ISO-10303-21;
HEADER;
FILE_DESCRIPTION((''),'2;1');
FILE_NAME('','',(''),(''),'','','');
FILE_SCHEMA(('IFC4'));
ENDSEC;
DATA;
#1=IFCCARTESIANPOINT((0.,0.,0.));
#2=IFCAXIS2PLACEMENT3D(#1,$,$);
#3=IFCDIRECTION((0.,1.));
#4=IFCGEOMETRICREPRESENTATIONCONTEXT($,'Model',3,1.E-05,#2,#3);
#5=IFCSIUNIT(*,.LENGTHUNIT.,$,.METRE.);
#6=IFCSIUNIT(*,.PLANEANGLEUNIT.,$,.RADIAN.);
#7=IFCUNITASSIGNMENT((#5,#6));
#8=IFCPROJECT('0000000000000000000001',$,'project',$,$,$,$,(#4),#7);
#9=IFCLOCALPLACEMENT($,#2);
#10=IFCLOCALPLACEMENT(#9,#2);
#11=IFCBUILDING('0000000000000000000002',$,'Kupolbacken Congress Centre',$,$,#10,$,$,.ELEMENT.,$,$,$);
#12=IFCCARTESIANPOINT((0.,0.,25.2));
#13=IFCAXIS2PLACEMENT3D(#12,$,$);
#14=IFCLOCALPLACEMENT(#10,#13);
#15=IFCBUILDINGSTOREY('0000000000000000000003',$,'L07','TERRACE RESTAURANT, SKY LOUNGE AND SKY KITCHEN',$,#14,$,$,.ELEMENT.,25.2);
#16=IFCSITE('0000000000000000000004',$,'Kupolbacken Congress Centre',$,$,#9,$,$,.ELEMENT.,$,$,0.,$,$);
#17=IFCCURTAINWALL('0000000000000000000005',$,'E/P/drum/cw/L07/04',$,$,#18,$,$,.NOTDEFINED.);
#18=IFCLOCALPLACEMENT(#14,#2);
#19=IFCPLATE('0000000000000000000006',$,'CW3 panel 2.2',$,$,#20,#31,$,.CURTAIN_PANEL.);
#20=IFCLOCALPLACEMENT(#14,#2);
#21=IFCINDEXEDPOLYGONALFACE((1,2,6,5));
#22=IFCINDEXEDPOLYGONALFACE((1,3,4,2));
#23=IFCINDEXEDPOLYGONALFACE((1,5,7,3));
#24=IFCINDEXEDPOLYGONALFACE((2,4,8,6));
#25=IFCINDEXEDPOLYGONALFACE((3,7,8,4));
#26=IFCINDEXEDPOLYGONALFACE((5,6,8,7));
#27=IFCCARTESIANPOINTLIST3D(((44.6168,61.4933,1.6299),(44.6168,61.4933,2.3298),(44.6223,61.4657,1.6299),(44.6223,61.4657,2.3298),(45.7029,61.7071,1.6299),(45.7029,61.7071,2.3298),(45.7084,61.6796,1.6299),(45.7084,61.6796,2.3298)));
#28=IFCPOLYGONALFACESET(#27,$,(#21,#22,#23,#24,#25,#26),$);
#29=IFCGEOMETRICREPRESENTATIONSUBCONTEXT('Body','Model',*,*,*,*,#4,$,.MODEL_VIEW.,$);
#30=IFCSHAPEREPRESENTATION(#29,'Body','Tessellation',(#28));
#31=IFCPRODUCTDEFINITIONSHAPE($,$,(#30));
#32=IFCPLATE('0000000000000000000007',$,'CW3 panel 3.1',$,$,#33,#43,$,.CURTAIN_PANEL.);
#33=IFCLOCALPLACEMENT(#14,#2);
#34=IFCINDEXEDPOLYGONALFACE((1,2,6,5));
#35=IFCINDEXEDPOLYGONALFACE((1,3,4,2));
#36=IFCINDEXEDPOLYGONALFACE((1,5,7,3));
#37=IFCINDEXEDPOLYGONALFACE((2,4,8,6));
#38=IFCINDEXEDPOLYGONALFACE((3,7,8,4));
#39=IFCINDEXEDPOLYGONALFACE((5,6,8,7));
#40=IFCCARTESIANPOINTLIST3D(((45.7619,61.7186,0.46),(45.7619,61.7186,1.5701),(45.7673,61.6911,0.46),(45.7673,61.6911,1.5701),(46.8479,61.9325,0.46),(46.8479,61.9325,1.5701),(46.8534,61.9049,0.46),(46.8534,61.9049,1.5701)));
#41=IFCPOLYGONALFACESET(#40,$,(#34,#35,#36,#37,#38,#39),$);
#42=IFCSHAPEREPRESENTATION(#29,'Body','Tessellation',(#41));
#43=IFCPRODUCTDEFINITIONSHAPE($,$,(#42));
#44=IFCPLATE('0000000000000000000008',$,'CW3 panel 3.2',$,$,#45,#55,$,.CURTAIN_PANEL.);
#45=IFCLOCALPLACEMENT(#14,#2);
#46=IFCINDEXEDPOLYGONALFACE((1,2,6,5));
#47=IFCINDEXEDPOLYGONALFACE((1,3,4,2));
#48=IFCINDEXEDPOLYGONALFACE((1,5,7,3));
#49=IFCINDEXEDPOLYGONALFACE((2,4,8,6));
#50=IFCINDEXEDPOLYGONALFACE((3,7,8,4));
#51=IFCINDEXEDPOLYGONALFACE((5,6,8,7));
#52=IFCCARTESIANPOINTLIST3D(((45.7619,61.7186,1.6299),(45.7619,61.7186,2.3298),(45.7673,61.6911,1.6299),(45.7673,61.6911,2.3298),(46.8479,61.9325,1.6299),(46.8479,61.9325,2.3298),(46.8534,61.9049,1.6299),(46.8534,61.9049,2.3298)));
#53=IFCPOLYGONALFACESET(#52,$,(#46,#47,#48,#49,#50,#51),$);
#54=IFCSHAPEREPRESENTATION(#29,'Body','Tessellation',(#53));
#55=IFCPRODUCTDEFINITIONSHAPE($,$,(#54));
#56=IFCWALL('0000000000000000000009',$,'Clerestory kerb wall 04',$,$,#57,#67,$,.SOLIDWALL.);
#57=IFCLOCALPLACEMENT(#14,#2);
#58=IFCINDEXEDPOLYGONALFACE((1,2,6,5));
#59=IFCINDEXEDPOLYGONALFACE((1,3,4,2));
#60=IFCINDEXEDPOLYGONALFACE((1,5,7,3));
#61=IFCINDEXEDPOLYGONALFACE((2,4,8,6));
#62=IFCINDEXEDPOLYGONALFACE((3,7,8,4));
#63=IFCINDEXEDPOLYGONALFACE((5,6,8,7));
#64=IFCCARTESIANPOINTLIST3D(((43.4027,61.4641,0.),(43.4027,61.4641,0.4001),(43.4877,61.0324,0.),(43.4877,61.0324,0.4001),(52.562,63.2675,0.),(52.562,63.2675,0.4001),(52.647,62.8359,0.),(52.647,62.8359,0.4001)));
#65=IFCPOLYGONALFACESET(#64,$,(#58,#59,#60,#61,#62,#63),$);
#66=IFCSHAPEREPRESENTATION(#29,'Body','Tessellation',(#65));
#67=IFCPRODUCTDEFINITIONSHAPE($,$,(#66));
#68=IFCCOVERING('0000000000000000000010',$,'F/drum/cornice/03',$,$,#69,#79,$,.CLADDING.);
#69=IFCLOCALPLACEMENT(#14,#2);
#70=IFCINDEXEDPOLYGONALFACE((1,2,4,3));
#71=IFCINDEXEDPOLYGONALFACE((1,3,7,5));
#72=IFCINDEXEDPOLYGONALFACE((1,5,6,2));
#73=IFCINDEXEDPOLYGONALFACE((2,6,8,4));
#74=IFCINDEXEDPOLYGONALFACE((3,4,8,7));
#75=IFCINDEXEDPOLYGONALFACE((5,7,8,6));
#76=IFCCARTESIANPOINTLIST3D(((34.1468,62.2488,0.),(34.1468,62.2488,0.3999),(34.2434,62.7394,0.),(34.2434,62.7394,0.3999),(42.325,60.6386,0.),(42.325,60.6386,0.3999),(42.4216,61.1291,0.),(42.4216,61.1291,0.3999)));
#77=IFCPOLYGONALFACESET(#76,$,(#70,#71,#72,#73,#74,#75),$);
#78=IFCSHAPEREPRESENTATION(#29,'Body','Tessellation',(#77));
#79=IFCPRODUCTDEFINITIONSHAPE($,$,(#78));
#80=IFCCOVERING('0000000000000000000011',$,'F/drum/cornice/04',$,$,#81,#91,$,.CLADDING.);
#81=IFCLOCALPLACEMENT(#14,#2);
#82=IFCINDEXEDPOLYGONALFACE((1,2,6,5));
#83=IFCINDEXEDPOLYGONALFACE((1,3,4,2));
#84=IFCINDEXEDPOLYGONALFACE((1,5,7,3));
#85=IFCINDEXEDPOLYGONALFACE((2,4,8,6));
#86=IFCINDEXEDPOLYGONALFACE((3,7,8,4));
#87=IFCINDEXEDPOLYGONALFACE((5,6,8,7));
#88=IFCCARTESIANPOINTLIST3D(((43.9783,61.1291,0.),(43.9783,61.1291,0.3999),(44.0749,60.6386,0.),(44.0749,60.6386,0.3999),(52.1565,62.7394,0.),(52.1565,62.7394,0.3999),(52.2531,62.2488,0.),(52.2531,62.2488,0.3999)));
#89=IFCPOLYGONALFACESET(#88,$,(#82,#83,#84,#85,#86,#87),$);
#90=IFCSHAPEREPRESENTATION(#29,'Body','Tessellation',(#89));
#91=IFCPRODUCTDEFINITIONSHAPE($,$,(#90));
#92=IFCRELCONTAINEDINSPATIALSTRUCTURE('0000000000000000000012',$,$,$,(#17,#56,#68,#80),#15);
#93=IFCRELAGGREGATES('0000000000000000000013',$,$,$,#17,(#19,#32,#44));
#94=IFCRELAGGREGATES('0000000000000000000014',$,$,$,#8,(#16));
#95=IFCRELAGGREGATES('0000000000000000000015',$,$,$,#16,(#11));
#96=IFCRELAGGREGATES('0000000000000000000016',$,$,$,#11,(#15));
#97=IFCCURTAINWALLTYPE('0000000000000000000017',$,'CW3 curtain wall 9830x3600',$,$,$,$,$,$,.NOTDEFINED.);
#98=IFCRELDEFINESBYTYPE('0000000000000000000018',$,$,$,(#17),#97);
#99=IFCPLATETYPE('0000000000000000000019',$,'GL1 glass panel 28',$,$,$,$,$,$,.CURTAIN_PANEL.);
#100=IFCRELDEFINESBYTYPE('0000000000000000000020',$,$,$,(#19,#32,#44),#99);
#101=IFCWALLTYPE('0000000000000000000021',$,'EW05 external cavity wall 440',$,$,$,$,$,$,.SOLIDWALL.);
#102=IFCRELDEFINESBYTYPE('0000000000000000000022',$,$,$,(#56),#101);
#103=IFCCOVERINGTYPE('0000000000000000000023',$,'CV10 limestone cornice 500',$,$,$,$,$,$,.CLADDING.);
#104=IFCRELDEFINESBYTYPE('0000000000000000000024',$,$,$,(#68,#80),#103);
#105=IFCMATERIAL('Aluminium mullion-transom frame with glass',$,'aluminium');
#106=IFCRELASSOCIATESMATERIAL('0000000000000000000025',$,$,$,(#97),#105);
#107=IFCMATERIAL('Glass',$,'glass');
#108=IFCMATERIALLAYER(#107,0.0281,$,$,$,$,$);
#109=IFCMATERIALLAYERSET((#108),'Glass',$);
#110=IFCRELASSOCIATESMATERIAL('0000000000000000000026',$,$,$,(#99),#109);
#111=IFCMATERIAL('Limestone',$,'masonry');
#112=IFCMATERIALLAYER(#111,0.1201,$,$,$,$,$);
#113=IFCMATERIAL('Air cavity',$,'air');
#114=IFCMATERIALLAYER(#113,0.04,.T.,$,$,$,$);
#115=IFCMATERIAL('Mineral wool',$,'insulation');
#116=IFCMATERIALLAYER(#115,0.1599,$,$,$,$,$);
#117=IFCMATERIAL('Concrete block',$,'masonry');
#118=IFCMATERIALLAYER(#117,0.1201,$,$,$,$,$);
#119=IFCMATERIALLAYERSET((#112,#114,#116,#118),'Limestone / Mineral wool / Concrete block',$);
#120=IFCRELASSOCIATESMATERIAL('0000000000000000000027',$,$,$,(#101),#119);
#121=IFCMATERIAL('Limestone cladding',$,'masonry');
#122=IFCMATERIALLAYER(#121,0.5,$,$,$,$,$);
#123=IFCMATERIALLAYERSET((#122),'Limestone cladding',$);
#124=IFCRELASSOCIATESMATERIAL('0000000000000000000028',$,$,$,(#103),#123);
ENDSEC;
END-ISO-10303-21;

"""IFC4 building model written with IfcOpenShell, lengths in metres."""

from ifc_helpers import new_model, si_unit, direction, frame, frame_2d, origin, origin_2d, place, context, subcontext, project, spatial, rectangle, extrude, material, layer, layer_set, type_object, element, aggregate, save


model = new_model("IFC4")

# Units and contexts
model_context = context("Model", 3, precision=1e-05, world=origin(), true_north=direction((0.0, 1.0)))
body_context = subcontext(model_context, "Body", "Model", "MODEL_VIEW")
ifc_project = project(units=[si_unit("LENGTHUNIT", "METRE"), si_unit("PLANEANGLEUNIT", "RADIAN")], contexts=[model_context])

# Site, building, storey
site_placement = place(None, origin())
site = spatial("IfcSite", under=ifc_project, at=site_placement, Name="Kupolbacken Congress Centre", CompositionType="ELEMENT", RefElevation=0.0)
building_placement = place(site_placement, origin())
building = spatial("IfcBuilding", under=site, at=building_placement, Name="Kupolbacken Congress Centre", CompositionType="ELEMENT")
storey_placement = place(building_placement, frame((0.0, 0.0, 25.2)))
storey = spatial("IfcBuildingStorey", under=building, at=storey_placement, Name="L07", Description="TERRACE RESTAURANT, SKY LOUNGE AND SKY KITCHEN", CompositionType="ELEMENT", Elevation=25.2)

# Curtain wall
ifc_material_1 = material(Name="Aluminium mullion-transom frame with glass", Category="aluminium")
curtain_wall_type = type_object("IfcCurtainWallType", Name="CW3 curtain wall 9830x3600", PredefinedType="NOTDEFINED", material=ifc_material_1)
curtain_wall_1_placement = place(storey_placement, origin())
curtain_wall_1 = element("IfcCurtainWall", 1, at=curtain_wall_1_placement, inside=storey, type_object=curtain_wall_type, Name="E/P/drum/cw/L07/04", PredefinedType="NOTDEFINED")

# Plates
ifc_material_2 = material(Name="Glass", Category="glass")
ifc_layer_1 = layer(ifc_material_2, 0.0281)
ifc_layer_set_1 = layer_set([ifc_layer_1], Name="Glass")
plate_type = type_object("IfcPlateType", Name="GL1 glass panel 28", PredefinedType="CURTAIN_PANEL", material=ifc_layer_set_1)
plate_1_placement = place(storey_placement, frame((45.1626, 61.5864, 1.6299), z_axis=(0.0, 0.0, 1.0), x_axis=(0.981163, 0.193182, 0.0)))
plate_1 = element("IfcPlate", 2, at=plate_1_placement, type_object=plate_type, Name="CW3 panel 2.2", PredefinedType="CURTAIN_PANEL", context=body_context, shape_type="SweptSolid", body=[
    extrude(rectangle(XDim=1.1069, YDim=0.0281, at=origin_2d()), origin(), (0.0, 0.0, 1.0), 0.7),
])
plate_2_placement = place(storey_placement, frame((46.3076, 61.8118, 0.46), z_axis=(0.0, 0.0, 1.0), x_axis=(0.981163, 0.193182, 0.0)))
plate_2 = element("IfcPlate", 3, at=plate_2_placement, type_object=plate_type, Name="CW3 panel 3.1", PredefinedType="CURTAIN_PANEL", context=body_context, shape_type="SweptSolid", body=[
    extrude(rectangle(XDim=1.1069, YDim=0.0281, at=origin_2d()), origin(), (0.0, 0.0, 1.0), 1.1101),
])
plate_3_placement = place(storey_placement, frame((46.3076, 61.8118, 1.6299), z_axis=(0.0, 0.0, 1.0), x_axis=(0.981163, 0.193182, 0.0)))
plate_3 = element("IfcPlate", 4, at=plate_3_placement, type_object=plate_type, Name="CW3 panel 3.2", PredefinedType="CURTAIN_PANEL", context=body_context, shape_type="SweptSolid", body=[
    extrude(rectangle(XDim=1.1069, YDim=0.0281, at=origin_2d()), origin(), (0.0, 0.0, 1.0), 0.7),
])
aggregate(curtain_wall_1, [plate_1, plate_2, plate_3])

# Wall
ifc_material_3 = material(Name="Limestone", Category="masonry")
ifc_layer_2 = layer(ifc_material_3, 0.1201)
ifc_material_4 = material(Name="Air cavity", Category="air")
ifc_layer_3 = layer(ifc_material_4, 0.04, ventilated=True)
ifc_material_5 = material(Name="Mineral wool", Category="insulation")
ifc_layer_4 = layer(ifc_material_5, 0.1599)
ifc_material_6 = material(Name="Concrete block", Category="masonry")
ifc_layer_5 = layer(ifc_material_6, 0.1201)
ifc_layer_set_2 = layer_set([ifc_layer_2, ifc_layer_3, ifc_layer_4, ifc_layer_5], Name="Limestone / Mineral wool / Concrete block")
wall_type = type_object("IfcWallType", Name="EW05 external cavity wall 440", PredefinedType="SOLIDWALL", material=ifc_layer_set_2)
wall_placement = place(storey_placement, frame((43.4453, 61.2483, 0.0), z_axis=(0.0, 0.0, 1.0), x_axis=(0.981162, 0.193188, 0.0)))
element("IfcWall", 5, at=wall_placement, inside=storey, type_object=wall_type, Name="Clerestory kerb wall 04", PredefinedType="SOLIDWALL", context=body_context, shape_type="SweptSolid", body=[
    extrude(rectangle(XDim=9.3352, YDim=0.4399, at=frame_2d((4.6675, 0.0))), origin(), (0.0, 0.0, 1.0), 0.4001),
])

# Coverings
ifc_material_7 = material(Name="Limestone cladding", Category="masonry")
ifc_layer_6 = layer(ifc_material_7, 0.5)
ifc_layer_set_3 = layer_set([ifc_layer_6], Name="Limestone cladding")
covering_type = type_object("IfcCoveringType", Name="CV10 limestone cornice 500", PredefinedType="CLADDING", material=ifc_layer_set_3)
for number, where, z_axis, x_axis, name in (
    (6, (38.2842, 61.689, 0.0), (0.0, 0.0, 1.0), (0.981163, -0.193182, 0.0), "F/drum/cornice/03"),
    (7, (48.1157, 61.689, 0.0), (0.0, 0.0, 1.0), (0.981163, 0.193182, 0.0), "F/drum/cornice/04"),
):
    element("IfcCovering", number, at=place(storey_placement, frame(where, z_axis=z_axis, x_axis=x_axis)), inside=storey, type_object=covering_type, Name=name, PredefinedType="CLADDING", context=body_context, shape_type="SweptSolid", body=[
        extrude(rectangle(XDim=8.3352, YDim=0.5, at=origin_2d()), origin(), (0.0, 0.0, 1.0), 0.3999),
    ])

save(model, "model.ifc")
